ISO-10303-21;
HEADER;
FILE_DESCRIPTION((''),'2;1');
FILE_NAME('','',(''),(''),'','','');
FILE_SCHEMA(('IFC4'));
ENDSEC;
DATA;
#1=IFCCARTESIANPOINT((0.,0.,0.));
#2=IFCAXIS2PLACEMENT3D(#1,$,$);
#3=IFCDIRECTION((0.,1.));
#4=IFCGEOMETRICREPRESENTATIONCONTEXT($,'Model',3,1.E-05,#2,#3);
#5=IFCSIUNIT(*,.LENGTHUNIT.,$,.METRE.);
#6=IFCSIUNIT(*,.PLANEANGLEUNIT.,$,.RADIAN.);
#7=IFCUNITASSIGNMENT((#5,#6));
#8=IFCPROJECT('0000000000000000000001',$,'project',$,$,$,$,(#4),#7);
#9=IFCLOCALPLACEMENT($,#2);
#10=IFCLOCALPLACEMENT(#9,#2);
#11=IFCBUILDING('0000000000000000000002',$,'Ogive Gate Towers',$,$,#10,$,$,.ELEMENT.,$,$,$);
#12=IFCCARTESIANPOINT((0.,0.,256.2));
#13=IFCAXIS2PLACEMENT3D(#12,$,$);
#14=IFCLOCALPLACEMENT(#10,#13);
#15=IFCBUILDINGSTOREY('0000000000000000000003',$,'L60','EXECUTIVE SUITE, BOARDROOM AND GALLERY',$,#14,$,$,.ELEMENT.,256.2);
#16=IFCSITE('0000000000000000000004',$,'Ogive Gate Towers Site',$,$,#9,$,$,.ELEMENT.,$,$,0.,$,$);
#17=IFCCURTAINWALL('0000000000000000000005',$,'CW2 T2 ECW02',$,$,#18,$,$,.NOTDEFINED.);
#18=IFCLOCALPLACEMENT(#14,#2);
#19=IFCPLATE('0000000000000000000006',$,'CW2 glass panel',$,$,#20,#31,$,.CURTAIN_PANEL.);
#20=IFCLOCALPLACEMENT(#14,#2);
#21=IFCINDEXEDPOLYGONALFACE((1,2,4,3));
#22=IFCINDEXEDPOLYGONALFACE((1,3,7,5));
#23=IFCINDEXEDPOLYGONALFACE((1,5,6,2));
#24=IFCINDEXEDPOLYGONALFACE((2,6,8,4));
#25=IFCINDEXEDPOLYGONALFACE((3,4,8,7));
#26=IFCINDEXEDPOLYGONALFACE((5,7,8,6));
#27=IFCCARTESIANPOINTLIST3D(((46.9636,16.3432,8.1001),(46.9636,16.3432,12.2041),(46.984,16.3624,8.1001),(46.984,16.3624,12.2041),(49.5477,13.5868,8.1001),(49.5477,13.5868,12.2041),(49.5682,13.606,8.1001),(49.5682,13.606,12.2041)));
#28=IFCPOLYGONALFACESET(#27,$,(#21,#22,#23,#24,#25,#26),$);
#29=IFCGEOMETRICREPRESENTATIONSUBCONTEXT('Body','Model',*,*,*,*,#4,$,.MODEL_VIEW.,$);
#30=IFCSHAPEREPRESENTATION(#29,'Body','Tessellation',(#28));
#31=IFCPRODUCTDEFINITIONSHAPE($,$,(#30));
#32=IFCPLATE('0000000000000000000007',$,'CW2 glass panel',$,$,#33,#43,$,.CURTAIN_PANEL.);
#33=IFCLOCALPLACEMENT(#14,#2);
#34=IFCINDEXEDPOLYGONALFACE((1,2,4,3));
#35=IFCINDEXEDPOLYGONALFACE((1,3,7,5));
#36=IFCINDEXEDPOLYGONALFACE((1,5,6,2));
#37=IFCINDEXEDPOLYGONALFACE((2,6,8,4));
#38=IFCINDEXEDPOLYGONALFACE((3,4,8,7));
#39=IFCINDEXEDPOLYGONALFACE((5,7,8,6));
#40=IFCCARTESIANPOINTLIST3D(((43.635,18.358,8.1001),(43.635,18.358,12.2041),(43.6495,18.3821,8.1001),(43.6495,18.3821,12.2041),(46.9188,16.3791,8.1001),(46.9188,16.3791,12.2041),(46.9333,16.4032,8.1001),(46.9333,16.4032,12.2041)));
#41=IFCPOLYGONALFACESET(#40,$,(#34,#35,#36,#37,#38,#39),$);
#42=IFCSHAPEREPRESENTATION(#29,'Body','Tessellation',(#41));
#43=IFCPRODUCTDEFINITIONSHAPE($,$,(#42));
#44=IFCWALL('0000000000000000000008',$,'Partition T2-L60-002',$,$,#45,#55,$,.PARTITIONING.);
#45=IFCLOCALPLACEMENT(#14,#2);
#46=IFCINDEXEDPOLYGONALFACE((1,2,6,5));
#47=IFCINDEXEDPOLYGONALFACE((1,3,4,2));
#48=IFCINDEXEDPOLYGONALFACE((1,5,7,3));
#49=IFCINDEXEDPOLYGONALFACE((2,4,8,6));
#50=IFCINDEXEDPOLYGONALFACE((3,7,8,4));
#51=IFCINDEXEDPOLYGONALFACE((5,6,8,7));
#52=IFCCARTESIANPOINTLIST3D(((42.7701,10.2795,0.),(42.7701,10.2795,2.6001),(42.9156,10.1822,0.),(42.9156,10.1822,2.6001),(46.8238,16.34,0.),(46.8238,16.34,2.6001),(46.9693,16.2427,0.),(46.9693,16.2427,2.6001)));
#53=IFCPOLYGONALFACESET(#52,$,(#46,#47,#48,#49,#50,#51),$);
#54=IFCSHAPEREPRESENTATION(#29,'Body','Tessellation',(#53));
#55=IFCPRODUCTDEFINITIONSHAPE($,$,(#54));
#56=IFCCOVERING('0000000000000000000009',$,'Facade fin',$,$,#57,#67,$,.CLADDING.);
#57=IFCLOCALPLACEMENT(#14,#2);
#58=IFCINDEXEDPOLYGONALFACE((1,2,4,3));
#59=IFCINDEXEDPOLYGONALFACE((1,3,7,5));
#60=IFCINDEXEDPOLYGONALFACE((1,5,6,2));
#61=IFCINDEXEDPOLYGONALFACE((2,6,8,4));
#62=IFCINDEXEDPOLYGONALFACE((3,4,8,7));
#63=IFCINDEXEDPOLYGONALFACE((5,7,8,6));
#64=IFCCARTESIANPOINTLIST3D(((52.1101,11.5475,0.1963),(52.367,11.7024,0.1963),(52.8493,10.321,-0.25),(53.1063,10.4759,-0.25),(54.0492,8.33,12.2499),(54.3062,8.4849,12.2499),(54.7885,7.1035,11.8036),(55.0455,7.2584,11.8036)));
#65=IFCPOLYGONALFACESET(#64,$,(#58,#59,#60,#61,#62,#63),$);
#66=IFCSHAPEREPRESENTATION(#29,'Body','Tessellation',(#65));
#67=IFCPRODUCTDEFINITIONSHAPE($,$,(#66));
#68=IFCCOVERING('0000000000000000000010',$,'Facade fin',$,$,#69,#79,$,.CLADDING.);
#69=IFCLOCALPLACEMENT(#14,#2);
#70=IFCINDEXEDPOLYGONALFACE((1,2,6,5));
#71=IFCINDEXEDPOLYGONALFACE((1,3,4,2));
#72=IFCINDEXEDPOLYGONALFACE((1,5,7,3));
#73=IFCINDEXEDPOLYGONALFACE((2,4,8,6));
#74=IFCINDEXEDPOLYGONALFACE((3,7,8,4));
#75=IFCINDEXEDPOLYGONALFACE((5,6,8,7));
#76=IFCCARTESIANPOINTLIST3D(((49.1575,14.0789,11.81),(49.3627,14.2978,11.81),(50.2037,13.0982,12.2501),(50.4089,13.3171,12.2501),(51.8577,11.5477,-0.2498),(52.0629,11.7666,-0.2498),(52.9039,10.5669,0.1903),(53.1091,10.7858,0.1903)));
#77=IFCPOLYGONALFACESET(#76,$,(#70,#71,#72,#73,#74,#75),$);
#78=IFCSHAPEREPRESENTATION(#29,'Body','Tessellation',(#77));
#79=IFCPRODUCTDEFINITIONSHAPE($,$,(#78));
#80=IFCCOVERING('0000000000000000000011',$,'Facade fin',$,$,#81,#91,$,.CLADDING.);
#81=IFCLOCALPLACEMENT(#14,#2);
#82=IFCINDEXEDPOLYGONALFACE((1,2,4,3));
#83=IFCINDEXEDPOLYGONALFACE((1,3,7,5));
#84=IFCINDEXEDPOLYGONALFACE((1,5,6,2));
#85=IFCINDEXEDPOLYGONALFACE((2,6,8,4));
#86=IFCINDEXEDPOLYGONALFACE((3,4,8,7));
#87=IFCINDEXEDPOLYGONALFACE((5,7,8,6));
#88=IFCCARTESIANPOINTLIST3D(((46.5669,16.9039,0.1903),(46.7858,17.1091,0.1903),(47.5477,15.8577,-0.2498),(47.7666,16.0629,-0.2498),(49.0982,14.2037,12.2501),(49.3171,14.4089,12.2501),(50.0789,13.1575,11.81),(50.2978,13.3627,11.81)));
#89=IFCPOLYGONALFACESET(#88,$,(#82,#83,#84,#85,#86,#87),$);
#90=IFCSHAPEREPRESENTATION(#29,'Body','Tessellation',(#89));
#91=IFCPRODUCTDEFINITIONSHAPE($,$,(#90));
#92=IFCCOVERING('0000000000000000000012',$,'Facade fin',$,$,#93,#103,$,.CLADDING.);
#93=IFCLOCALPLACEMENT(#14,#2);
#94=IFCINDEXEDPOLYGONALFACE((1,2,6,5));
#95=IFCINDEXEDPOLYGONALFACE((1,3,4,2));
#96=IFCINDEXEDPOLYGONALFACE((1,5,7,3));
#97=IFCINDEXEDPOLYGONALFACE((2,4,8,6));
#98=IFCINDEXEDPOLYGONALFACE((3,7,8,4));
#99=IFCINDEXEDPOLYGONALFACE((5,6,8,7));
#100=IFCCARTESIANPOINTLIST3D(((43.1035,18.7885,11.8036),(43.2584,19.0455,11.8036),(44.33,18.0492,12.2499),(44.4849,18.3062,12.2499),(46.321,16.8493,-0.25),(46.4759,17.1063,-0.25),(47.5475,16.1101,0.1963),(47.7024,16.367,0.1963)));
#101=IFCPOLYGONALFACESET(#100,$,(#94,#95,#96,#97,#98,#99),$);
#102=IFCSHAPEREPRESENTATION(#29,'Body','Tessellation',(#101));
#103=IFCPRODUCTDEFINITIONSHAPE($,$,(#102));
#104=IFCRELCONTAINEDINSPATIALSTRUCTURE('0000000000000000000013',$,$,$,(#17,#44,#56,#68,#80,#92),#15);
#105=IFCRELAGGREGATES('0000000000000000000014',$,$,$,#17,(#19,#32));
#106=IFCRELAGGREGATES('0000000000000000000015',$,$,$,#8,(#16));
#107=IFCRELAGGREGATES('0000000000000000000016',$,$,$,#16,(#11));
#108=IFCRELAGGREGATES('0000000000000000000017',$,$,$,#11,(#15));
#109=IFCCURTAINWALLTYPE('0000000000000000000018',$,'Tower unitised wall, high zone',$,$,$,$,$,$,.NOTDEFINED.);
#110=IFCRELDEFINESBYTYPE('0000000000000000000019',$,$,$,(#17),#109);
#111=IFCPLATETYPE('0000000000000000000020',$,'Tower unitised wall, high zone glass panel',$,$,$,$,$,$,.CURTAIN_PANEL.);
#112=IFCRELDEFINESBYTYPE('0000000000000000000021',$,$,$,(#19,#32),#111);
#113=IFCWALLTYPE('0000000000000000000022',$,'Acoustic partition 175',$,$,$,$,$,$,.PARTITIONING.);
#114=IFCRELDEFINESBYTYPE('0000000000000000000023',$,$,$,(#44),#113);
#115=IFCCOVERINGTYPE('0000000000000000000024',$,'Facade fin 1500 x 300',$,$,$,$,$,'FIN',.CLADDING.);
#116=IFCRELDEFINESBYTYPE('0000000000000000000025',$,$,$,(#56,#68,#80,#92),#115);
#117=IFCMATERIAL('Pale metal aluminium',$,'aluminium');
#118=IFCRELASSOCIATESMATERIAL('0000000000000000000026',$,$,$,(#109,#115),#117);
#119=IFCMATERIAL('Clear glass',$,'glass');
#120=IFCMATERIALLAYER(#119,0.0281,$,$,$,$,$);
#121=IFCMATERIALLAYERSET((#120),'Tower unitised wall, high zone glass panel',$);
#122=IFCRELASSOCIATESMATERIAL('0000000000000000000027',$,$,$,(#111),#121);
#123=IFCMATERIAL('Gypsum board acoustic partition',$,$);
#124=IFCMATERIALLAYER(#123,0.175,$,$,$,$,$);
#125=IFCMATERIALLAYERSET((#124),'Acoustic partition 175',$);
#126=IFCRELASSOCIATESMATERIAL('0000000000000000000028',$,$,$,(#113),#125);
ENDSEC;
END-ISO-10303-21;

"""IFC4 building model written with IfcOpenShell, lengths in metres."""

from ifc_helpers import new_model, si_unit, direction, frame, frame_2d, origin, origin_2d, place, context, subcontext, project, spatial, rectangle, extrude, material, layer, layer_set, material_profile, profile_set, type_object, element, aggregate, save


model = new_model("IFC4")

# Units and contexts
model_context = context("Model", 3, precision=1e-05, world=origin(), true_north=direction((0.0, 1.0)))
body_context = subcontext(model_context, "Body", "Model", "MODEL_VIEW")
ifc_project = project(units=[si_unit("LENGTHUNIT", "METRE"), si_unit("PLANEANGLEUNIT", "RADIAN")], contexts=[model_context])

# Site, building, storey
site_placement = place(None, origin())
site = spatial("IfcSite", under=ifc_project, at=site_placement, Name="Ogive Gate Towers Site", CompositionType="ELEMENT", RefElevation=0.0)
building_placement = place(site_placement, origin())
building = spatial("IfcBuilding", under=site, at=building_placement, Name="Ogive Gate Towers", CompositionType="ELEMENT")
storey_placement = place(building_placement, frame((0.0, 0.0, 256.2)))
storey = spatial("IfcBuildingStorey", under=building, at=storey_placement, Name="L60", Description="EXECUTIVE SUITE, BOARDROOM AND GALLERY", CompositionType="ELEMENT", Elevation=256.2)

# Shared definitions
ifc_material_1 = material(Name="Pale metal aluminium", Category="aluminium")
curtain_wall_type = type_object("IfcCurtainWallType", Name="Tower unitised wall, high zone", PredefinedType="NOTDEFINED", material=ifc_material_1)

# Curtain wall
curtain_wall_1_placement = place(storey_placement, origin())
curtain_wall_1 = element("IfcCurtainWall", 1, at=curtain_wall_1_placement, inside=storey, type_object=curtain_wall_type, Name="CW2 T2 ECW02", PredefinedType="NOTDEFINED")

# Plates
ifc_material_2 = material(Name="Clear glass", Category="glass")
ifc_layer_1 = layer(ifc_material_2, 0.0281)
ifc_layer_set_1 = layer_set([ifc_layer_1], Name="Tower unitised wall, high zone glass panel")
plate_type = type_object("IfcPlateType", Name="Tower unitised wall, high zone glass panel", PredefinedType="CURTAIN_PANEL", material=ifc_layer_set_1)
plate_1_placement = place(storey_placement, frame((48.2659, 14.9746, 8.1001), z_axis=(0.0, 0.0, 1.0), x_axis=(-0.683936, 0.729542, 0.0)))
plate_1 = element("IfcPlate", 2, at=plate_1_placement, type_object=plate_type, Name="CW2 glass panel", PredefinedType="CURTAIN_PANEL", context=body_context, shape_type="SweptSolid", body=[
    extrude(rectangle(XDim=3.7783, YDim=0.0281, at=origin_2d()), origin(), (0.0, 0.0, 1.0), 4.104),
])
plate_2_placement = place(storey_placement, frame((45.2842, 17.3806, 8.1001), z_axis=(0.0, 0.0, 1.0), x_axis=(-0.856501, 0.516145, 0.0)))
plate_2 = element("IfcPlate", 3, at=plate_2_placement, type_object=plate_type, Name="CW2 glass panel", PredefinedType="CURTAIN_PANEL", context=body_context, shape_type="SweptSolid", body=[
    extrude(rectangle(XDim=3.834, YDim=0.0281, at=origin_2d()), origin(), (0.0, 0.0, 1.0), 4.104),
])
aggregate(curtain_wall_1, [plate_1, plate_2])

# Wall
ifc_material_3 = material(Name="Gypsum board acoustic partition")
ifc_layer_2 = layer(ifc_material_3, 0.175)
ifc_layer_set_2 = layer_set([ifc_layer_2], Name="Acoustic partition 175")
wall_type = type_object("IfcWallType", Name="Acoustic partition 175", PredefinedType="PARTITIONING", material=ifc_layer_set_2)
wall_placement = place(storey_placement, frame((46.8965, 16.2913, 0.0), z_axis=(0.0, 0.0, 1.0), x_axis=(-0.555967, -0.831205, 0.0)))
element("IfcWall", 4, at=wall_placement, inside=storey, type_object=wall_type, Name="Partition T2-L60-002", PredefinedType="PARTITIONING", context=body_context, shape_type="SweptSolid", body=[
    extrude(rectangle(XDim=7.2913, YDim=0.175, at=frame_2d((3.6455, 0.0))), origin(), (0.0, 0.0, 1.0), 2.6001),
])

# Coverings
ifc_material_profile_1 = material_profile(ifc_material_1, rectangle(XDim=0.3, YDim=1.5, at=origin_2d()), Name="1500 x 300 pale metal aluminium")
ifc_profile_set_1 = profile_set([ifc_material_profile_1], Name="Pale metal aluminium")
covering_type = type_object("IfcCoveringType", Name="Facade fin 1500 x 300", ElementType="FIN", PredefinedType="CLADDING", material=ifc_profile_set_1)
covering_1_placement = place(storey_placement, frame((52.6082, 11.0117, -0.0269), z_axis=(0.153594, -0.254842, 0.954706), x_axis=(0.856471, 0.516196, 0.0)))
element("IfcCovering", 5, at=covering_1_placement, inside=storey, type_object=covering_type, Name="Facade fin", PredefinedType="CLADDING", context=body_context, shape_type="SweptSolid", body=[
    extrude(rectangle(XDim=0.3, YDim=1.5, at=origin_2d()), origin(), (0.0, 0.0, 1.0), 12.6255),
])
for number, where, z_axis, x_axis, name in (
    (6, (52.4834, 11.1667, -0.0298), (-0.214047, 0.200654, 0.955993), (-0.683915, -0.729562, 0.0), "Facade fin"),
    (7, (47.1667, 16.4834, -0.0298), (0.200654, -0.214047, 0.955993), (0.729562, 0.683915, 0.0), "Facade fin"),
):
    element("IfcCovering", number, at=place(storey_placement, frame(where, z_axis=z_axis, x_axis=x_axis)), inside=storey, type_object=covering_type, Name=name, PredefinedType="CLADDING", context=body_context, shape_type="SweptSolid", body=[
        extrude(rectangle(XDim=0.3, YDim=1.5, at=origin_2d()), origin(), (0.0, 0.0, 1.0), 12.615),
    ])
covering_2_placement = place(storey_placement, frame((47.0117, 16.6082, -0.0269), z_axis=(-0.254842, 0.153594, 0.954706), x_axis=(-0.516196, -0.856471, 0.0)))
element("IfcCovering", 8, at=covering_2_placement, inside=storey, type_object=covering_type, Name="Facade fin", PredefinedType="CLADDING", context=body_context, shape_type="SweptSolid", body=[
    extrude(rectangle(XDim=0.3, YDim=1.5, at=origin_2d()), origin(), (0.0, 0.0, 1.0), 12.6255),
])

save(model, "model.ifc")
